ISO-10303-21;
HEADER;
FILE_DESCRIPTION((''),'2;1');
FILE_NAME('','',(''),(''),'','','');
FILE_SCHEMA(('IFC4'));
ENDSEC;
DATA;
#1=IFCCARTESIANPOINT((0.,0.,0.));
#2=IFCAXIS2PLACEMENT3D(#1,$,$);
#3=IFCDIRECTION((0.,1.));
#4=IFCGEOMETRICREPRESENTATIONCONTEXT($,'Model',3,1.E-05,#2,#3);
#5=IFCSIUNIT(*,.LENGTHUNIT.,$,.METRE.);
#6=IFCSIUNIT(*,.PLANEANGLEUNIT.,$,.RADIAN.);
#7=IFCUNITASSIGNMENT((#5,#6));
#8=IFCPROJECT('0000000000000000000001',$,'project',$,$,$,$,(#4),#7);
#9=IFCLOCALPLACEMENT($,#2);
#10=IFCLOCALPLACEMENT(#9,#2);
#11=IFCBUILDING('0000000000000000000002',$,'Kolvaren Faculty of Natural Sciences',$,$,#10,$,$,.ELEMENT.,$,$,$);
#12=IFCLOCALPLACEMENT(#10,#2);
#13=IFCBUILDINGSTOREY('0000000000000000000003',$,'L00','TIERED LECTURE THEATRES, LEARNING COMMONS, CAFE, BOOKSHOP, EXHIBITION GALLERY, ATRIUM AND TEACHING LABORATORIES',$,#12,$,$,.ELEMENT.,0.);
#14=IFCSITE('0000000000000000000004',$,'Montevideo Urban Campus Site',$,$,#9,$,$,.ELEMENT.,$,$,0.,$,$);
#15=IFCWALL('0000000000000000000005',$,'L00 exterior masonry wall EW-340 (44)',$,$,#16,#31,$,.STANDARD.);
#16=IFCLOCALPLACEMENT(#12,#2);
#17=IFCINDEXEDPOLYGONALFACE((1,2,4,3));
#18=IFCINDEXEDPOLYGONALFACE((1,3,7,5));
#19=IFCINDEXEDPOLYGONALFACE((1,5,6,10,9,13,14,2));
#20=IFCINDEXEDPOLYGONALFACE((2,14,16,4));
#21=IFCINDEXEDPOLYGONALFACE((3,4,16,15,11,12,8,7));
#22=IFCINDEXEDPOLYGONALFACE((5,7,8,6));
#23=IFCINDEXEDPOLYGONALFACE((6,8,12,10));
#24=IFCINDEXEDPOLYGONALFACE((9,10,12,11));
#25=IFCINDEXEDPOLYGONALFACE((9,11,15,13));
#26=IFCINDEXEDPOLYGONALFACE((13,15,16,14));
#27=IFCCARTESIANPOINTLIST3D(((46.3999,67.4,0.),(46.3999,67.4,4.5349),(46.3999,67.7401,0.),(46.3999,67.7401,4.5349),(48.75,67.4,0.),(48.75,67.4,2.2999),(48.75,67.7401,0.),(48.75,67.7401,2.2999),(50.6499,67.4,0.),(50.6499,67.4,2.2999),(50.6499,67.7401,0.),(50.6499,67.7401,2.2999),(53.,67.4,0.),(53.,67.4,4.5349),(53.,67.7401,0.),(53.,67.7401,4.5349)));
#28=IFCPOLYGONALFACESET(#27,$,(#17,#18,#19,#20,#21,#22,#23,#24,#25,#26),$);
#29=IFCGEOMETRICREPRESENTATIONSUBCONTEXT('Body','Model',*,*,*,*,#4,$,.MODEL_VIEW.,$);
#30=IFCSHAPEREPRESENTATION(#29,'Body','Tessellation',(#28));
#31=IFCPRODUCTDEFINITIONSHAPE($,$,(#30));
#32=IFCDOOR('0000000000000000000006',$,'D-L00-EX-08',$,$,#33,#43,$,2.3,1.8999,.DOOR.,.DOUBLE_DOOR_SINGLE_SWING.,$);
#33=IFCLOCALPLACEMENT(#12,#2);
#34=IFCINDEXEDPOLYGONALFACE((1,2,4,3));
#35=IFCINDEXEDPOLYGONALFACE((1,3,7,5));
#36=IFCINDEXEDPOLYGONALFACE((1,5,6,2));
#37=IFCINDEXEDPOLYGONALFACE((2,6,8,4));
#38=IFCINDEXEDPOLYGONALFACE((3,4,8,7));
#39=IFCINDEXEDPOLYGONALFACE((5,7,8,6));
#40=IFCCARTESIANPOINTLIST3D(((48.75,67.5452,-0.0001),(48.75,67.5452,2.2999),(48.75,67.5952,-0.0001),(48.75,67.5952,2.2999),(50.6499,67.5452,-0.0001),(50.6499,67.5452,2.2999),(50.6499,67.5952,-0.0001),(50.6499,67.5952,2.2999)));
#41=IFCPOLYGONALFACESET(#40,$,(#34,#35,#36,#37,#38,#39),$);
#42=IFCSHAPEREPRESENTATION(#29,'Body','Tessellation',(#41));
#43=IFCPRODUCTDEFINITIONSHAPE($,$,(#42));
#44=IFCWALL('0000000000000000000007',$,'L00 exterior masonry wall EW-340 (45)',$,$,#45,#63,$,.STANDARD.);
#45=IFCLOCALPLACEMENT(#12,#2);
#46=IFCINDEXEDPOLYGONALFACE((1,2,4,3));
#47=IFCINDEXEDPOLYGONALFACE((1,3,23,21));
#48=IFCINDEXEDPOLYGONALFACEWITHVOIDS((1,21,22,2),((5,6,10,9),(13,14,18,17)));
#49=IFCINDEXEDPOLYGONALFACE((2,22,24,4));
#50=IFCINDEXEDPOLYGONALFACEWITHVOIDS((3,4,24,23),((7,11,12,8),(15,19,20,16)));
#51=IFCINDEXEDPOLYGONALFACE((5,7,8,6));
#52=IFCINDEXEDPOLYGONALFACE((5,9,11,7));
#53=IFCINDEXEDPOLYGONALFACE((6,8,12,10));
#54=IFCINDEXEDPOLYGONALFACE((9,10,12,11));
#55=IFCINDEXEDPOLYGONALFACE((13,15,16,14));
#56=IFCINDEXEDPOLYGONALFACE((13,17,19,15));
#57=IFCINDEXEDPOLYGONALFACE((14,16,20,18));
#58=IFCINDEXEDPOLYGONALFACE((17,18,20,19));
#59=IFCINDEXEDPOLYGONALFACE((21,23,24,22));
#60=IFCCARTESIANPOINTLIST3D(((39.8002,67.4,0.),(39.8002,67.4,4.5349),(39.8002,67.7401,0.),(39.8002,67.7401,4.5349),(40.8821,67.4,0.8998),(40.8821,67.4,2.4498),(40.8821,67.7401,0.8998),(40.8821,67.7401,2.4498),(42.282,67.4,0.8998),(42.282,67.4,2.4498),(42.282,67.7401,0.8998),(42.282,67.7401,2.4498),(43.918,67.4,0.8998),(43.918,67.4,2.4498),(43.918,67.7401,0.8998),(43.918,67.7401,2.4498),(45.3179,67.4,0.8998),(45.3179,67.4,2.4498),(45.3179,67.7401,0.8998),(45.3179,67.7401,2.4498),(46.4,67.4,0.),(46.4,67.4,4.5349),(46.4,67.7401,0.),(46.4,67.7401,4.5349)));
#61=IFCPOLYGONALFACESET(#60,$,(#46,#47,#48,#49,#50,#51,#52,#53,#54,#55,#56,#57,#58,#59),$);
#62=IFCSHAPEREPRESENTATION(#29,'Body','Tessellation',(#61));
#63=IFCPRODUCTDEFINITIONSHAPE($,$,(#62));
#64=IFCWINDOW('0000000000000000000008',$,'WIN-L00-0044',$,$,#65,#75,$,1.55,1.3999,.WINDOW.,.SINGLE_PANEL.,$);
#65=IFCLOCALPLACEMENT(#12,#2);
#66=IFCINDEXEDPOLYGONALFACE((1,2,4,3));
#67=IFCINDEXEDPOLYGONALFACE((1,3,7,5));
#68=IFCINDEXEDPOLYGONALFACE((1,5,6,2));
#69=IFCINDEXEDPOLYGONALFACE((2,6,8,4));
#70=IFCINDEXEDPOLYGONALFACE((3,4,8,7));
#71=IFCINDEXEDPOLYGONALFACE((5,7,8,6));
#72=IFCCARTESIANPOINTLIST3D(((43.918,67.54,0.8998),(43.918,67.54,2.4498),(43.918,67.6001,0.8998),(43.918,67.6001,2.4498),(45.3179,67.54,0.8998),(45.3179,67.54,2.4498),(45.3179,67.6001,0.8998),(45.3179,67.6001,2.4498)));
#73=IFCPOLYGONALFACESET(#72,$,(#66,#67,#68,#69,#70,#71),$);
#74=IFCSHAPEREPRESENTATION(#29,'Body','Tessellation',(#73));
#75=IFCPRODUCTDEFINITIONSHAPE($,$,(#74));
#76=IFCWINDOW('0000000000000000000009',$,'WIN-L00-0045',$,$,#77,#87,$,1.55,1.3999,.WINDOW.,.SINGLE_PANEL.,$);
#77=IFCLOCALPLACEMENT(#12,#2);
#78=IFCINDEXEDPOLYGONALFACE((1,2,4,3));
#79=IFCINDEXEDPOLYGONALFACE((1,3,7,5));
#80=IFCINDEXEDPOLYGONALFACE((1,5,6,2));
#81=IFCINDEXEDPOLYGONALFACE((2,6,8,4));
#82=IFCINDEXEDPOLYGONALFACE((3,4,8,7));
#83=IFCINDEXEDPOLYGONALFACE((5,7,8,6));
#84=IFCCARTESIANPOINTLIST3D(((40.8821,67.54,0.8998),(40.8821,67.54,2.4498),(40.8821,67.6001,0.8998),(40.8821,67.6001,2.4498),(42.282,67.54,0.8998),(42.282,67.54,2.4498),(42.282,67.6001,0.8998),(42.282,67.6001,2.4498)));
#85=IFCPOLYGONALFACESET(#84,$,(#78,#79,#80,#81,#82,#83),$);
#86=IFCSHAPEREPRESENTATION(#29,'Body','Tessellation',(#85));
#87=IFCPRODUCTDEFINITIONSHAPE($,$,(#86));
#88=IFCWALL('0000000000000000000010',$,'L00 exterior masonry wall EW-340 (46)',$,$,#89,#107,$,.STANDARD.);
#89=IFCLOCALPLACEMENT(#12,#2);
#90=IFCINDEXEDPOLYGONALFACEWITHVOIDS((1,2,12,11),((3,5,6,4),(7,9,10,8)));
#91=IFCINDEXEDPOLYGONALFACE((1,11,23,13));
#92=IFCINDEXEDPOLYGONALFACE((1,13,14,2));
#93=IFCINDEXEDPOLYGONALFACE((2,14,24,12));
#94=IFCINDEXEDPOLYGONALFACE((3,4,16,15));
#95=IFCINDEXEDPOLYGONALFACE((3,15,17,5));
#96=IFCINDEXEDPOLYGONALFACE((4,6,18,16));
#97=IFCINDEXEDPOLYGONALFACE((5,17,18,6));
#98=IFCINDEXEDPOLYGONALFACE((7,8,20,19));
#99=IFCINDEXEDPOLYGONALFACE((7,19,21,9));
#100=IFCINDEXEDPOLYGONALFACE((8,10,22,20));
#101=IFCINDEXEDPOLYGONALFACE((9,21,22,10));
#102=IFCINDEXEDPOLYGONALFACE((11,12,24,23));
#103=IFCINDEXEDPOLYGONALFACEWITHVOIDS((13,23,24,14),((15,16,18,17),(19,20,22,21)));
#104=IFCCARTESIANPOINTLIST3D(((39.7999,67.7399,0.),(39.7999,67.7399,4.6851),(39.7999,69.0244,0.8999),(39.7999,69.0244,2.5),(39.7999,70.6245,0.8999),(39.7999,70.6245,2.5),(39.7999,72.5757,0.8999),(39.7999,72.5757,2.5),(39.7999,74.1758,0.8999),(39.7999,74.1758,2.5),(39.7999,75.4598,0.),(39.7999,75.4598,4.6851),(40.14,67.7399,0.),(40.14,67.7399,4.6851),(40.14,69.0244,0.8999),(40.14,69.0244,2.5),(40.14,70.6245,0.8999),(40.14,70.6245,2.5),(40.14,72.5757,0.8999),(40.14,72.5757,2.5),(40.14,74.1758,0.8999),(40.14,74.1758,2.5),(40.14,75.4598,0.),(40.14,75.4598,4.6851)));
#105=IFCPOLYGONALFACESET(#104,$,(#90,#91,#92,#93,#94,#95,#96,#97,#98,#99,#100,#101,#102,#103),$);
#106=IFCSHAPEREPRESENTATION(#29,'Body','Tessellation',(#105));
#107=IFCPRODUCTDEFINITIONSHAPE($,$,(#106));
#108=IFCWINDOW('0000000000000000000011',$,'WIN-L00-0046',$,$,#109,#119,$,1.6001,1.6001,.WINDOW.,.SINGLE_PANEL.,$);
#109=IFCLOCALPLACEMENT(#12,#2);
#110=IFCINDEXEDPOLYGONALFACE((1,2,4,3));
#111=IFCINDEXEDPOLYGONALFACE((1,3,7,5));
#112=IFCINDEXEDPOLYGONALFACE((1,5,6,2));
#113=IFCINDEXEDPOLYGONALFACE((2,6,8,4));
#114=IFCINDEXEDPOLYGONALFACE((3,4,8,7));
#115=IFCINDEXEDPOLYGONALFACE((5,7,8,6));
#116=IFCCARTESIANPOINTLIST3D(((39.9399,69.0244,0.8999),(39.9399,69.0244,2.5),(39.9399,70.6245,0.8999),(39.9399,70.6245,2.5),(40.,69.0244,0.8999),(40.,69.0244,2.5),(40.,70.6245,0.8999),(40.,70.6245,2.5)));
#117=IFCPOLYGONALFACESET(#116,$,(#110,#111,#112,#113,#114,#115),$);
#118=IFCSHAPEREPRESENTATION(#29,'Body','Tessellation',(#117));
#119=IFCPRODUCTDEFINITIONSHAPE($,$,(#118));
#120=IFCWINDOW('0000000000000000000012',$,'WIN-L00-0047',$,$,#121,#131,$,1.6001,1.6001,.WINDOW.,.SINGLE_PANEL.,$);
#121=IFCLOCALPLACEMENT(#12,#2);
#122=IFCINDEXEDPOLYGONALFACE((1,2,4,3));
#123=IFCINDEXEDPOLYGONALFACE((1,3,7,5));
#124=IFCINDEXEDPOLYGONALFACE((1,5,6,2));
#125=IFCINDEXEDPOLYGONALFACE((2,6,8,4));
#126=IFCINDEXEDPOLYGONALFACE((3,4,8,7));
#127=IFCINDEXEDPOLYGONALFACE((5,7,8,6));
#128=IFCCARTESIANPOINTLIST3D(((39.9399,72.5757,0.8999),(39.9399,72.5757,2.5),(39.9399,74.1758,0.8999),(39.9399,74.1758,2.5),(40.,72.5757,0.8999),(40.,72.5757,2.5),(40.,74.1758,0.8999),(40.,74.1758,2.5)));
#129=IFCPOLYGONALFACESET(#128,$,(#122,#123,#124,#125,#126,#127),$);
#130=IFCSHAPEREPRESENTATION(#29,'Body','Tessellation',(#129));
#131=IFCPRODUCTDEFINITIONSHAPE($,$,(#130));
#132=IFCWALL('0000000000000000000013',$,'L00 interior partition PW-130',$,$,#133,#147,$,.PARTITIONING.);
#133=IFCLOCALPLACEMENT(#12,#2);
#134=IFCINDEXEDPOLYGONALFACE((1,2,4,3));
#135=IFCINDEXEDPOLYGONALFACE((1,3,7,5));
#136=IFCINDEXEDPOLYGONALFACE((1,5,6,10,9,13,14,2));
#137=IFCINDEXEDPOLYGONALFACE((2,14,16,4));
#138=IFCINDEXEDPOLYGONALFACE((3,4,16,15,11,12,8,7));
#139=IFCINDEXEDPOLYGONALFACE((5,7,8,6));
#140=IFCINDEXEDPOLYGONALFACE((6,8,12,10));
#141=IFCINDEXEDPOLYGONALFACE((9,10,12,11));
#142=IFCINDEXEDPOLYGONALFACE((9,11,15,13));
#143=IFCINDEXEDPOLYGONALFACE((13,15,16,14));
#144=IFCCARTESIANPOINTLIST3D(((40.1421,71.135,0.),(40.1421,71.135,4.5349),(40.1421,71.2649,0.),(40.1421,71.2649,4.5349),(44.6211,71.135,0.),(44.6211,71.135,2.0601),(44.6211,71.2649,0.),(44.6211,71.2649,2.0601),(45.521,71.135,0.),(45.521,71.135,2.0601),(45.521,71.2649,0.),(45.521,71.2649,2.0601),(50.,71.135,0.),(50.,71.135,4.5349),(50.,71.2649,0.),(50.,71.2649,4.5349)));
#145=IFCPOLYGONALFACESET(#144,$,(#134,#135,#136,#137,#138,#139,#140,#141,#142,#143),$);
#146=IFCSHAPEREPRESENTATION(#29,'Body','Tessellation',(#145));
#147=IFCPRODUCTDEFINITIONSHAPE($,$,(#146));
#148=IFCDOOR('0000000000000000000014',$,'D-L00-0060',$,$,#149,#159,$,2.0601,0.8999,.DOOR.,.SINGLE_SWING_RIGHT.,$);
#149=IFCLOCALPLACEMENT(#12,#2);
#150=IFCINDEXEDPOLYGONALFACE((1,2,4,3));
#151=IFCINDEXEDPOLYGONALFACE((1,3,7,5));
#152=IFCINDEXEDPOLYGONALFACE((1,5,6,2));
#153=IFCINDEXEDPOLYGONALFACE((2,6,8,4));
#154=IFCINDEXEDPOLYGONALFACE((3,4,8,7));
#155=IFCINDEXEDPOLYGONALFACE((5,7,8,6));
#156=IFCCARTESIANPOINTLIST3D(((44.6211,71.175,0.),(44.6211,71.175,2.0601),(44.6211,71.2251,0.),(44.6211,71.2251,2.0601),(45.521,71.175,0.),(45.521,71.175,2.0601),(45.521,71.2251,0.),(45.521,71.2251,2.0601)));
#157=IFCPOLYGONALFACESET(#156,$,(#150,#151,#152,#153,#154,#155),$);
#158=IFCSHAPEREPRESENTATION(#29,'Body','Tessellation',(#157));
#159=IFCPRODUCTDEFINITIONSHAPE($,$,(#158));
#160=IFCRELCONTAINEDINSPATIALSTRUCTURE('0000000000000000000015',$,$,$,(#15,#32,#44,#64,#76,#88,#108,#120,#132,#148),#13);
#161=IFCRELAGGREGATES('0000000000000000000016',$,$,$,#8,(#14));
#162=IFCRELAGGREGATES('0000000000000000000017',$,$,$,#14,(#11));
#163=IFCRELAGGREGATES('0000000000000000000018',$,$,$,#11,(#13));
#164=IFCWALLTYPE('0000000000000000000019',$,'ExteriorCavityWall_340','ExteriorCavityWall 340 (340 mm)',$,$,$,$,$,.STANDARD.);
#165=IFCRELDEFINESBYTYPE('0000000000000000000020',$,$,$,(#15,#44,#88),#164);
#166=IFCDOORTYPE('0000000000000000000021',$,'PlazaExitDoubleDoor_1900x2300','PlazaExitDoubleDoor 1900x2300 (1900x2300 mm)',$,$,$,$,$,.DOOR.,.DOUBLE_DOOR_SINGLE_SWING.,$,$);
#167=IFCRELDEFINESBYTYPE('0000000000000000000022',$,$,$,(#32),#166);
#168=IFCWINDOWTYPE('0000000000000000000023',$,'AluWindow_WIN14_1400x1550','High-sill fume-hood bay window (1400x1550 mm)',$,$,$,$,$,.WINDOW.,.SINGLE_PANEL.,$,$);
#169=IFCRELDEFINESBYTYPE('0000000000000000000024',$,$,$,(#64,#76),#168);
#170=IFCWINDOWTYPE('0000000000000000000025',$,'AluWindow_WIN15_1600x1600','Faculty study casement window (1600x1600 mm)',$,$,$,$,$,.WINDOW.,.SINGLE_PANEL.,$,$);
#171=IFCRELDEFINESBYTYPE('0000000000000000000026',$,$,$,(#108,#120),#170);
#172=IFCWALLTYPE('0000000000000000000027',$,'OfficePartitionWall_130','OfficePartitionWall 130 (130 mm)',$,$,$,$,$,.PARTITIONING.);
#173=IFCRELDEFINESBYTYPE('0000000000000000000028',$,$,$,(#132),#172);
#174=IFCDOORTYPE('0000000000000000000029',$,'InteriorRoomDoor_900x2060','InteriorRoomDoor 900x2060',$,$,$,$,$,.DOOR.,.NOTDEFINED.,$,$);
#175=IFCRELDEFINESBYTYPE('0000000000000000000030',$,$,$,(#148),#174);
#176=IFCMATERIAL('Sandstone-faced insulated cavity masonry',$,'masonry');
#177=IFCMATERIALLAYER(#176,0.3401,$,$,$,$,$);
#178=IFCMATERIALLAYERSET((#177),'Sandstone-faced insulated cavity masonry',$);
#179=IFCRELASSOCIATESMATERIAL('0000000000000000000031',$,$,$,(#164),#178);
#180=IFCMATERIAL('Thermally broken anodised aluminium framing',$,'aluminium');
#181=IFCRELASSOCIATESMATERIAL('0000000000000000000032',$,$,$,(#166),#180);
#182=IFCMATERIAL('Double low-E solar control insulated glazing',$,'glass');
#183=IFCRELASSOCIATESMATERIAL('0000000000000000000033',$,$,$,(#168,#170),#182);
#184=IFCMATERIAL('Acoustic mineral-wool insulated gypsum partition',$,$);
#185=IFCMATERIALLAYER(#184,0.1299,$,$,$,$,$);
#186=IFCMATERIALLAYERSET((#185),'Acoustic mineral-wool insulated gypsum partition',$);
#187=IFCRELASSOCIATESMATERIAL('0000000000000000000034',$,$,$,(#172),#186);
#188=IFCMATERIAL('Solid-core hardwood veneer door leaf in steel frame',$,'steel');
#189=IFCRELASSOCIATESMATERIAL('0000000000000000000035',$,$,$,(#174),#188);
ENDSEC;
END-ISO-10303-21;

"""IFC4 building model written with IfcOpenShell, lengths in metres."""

from ifc_helpers import new_model, si_unit, direction, frame, frame_2d, origin, place, context, subcontext, project, spatial, rectangle, extrude, material, layer, layer_set, type_object, element, fill, save


model = new_model("IFC4")

# Units and contexts
model_context = context("Model", 3, precision=1e-05, world=origin(), true_north=direction((0.0, 1.0)))
body_context = subcontext(model_context, "Body", "Model", "MODEL_VIEW")
ifc_project = project(units=[si_unit("LENGTHUNIT", "METRE"), si_unit("PLANEANGLEUNIT", "RADIAN")], contexts=[model_context])

# Site, building, storey
site_placement = place(None, origin())
site = spatial("IfcSite", under=ifc_project, at=site_placement, Name="Montevideo Urban Campus Site", CompositionType="ELEMENT", RefElevation=0.0)
building_placement = place(site_placement, origin())
building = spatial("IfcBuilding", under=site, at=building_placement, Name="Kolvaren Faculty of Natural Sciences", CompositionType="ELEMENT")
storey_placement = place(building_placement, origin())
storey = spatial("IfcBuildingStorey", under=building, at=storey_placement, Name="L00", Description="TIERED LECTURE THEATRES, LEARNING COMMONS, CAFE, BOOKSHOP, EXHIBITION GALLERY, ATRIUM AND TEACHING LABORATORIES", CompositionType="ELEMENT", Elevation=0.0)

# Wall, opening, door
ifc_material_1 = material(Name="Sandstone-faced insulated cavity masonry", Category="masonry")
ifc_layer_1 = layer(ifc_material_1, 0.3401)
ifc_layer_set_1 = layer_set([ifc_layer_1], Name="Sandstone-faced insulated cavity masonry")
wall_type_1 = type_object("IfcWallType", Name="ExteriorCavityWall_340", Description="ExteriorCavityWall 340 (340 mm)", PredefinedType="STANDARD", material=ifc_layer_set_1)
wall_1_placement = place(storey_placement, frame((53.0, 67.5701, 0.0), z_axis=(0.0, 0.0, 1.0), x_axis=(-1.0, 0.0, 0.0)))
wall_1 = element("IfcWall", 1, at=wall_1_placement, inside=storey, type_object=wall_type_1, Name="L00 exterior masonry wall EW-340 (44)", PredefinedType="STANDARD", context=body_context, shape_type="SweptSolid", body=[
    extrude(rectangle(XDim=6.6001, YDim=0.3401, at=frame_2d((3.3, 0.0))), origin(), (0.0, 0.0, 1.0), 4.5349),
])
opening_1_placement = place(wall_1_placement, frame((2.3501, 0.0, 0.0)))
opening_1 = element("IfcOpeningElement", 2, at=opening_1_placement, cuts=wall_1, PredefinedType="OPENING", context=body_context, shape_type="SweptSolid", body=[
    extrude(rectangle(XDim=1.8999, YDim=2.3, at=frame_2d((0.95, 1.1499))), frame((0.0, 0.1799, 0.0), z_axis=(0.0, -1.0, 0.0), x_axis=(1.0, 0.0, 0.0)), (0.0, 0.0, 1.0), 0.3601),
])
ifc_material_2 = material(Name="Thermally broken anodised aluminium framing", Category="aluminium")
door_type_1 = type_object("IfcDoorType", Name="PlazaExitDoubleDoor_1900x2300", Description="PlazaExitDoubleDoor 1900x2300 (1900x2300 mm)", OperationType="DOUBLE_DOOR_SINGLE_SWING", PredefinedType="DOOR", material=ifc_material_2)
door_1_placement = place(opening_1_placement, origin())
door_1 = element("IfcDoor", 3, at=door_1_placement, inside=storey, type_object=door_type_1, Name="D-L00-EX-08", OperationType="DOUBLE_DOOR_SINGLE_SWING", OverallHeight=2.3, OverallWidth=1.8999, PredefinedType="DOOR", context=body_context, shape_type="SweptSolid", body=[
    extrude(rectangle(XDim=1.8999, YDim=2.3, at=frame_2d((0.95, 1.1499))), frame((0.0, 0.0249, 0.0), z_axis=(0.0, -1.0, 0.0), x_axis=(1.0, 0.0, 0.0)), (0.0, 0.0, 1.0), 0.05),
])
fill(opening_1, door_1)

# Walls, openings, windows
wall_2_placement = place(storey_placement, frame((46.3999, 67.5701, 0.0), z_axis=(0.0, 0.0, 1.0), x_axis=(-1.0, 0.0, 0.0)))
wall_2 = element("IfcWall", 4, at=wall_2_placement, inside=storey, type_object=wall_type_1, Name="L00 exterior masonry wall EW-340 (45)", PredefinedType="STANDARD", context=body_context, shape_type="SweptSolid", body=[
    extrude(rectangle(XDim=6.5999, YDim=0.3401, at=frame_2d((3.2998, 0.0))), origin(), (0.0, 0.0, 1.0), 4.5349),
])
opening_2_placement = place(wall_2_placement, frame((1.082, 0.0, 0.8999)))
opening_2 = element("IfcOpeningElement", 5, at=opening_2_placement, cuts=wall_2, PredefinedType="OPENING", context=body_context, shape_type="SweptSolid", body=[
    extrude(rectangle(XDim=1.3999, YDim=1.55, at=frame_2d((0.7, 0.7749))), frame((0.0, 0.1799, 0.0), z_axis=(0.0, -1.0, 0.0), x_axis=(1.0, 0.0, 0.0)), (0.0, 0.0, 1.0), 0.3601),
])
opening_3_placement = place(wall_2_placement, frame((4.1179, 0.0, 0.8999)))
opening_3 = element("IfcOpeningElement", 6, at=opening_3_placement, cuts=wall_2, PredefinedType="OPENING", context=body_context, shape_type="SweptSolid", body=[
    extrude(rectangle(XDim=1.3999, YDim=1.55, at=frame_2d((0.7, 0.7749))), frame((0.0, 0.1799, 0.0), z_axis=(0.0, -1.0, 0.0), x_axis=(1.0, 0.0, 0.0)), (0.0, 0.0, 1.0), 0.3601),
])
ifc_material_3 = material(Name="Double low-E solar control insulated glazing", Category="glass")
window_type_1 = type_object("IfcWindowType", Name="AluWindow_WIN14_1400x1550", Description="High-sill fume-hood bay window (1400x1550 mm)", PartitioningType="SINGLE_PANEL", PredefinedType="WINDOW", material=ifc_material_3)
window_1_placement = place(opening_2_placement, origin())
window_1 = element("IfcWindow", 7, at=window_1_placement, inside=storey, type_object=window_type_1, Name="WIN-L00-0044", OverallHeight=1.55, OverallWidth=1.3999, PartitioningType="SINGLE_PANEL", PredefinedType="WINDOW", context=body_context, shape_type="SweptSolid", body=[
    extrude(rectangle(XDim=1.3999, YDim=1.55, at=frame_2d((0.7, 0.7749))), frame((0.0, 0.03, 0.0), z_axis=(0.0, -1.0, 0.0), x_axis=(1.0, 0.0, 0.0)), (0.0, 0.0, 1.0), 0.0601),
])
fill(opening_2, window_1)
window_2_placement = place(opening_3_placement, origin())
window_2 = element("IfcWindow", 8, at=window_2_placement, inside=storey, type_object=window_type_1, Name="WIN-L00-0045", OverallHeight=1.55, OverallWidth=1.3999, PartitioningType="SINGLE_PANEL", PredefinedType="WINDOW", context=body_context, shape_type="SweptSolid", body=[
    extrude(rectangle(XDim=1.3999, YDim=1.55, at=frame_2d((0.7, 0.7749))), frame((0.0, 0.03, 0.0), z_axis=(0.0, -1.0, 0.0), x_axis=(1.0, 0.0, 0.0)), (0.0, 0.0, 1.0), 0.0601),
])
fill(opening_3, window_2)
wall_3_placement = place(storey_placement, frame((39.97, 67.74, 0.0), z_axis=(0.0, 0.0, 1.0), x_axis=(0.0, 1.0, 0.0)))
wall_3 = element("IfcWall", 9, at=wall_3_placement, inside=storey, type_object=wall_type_1, Name="L00 exterior masonry wall EW-340 (46)", PredefinedType="STANDARD", context=body_context, shape_type="SweptSolid", body=[
    extrude(rectangle(XDim=7.72, YDim=0.3401, at=frame_2d((3.8599, 0.0))), origin(), (0.0, 0.0, 1.0), 4.6851),
])
opening_4_placement = place(wall_3_placement, frame((1.2844, 0.0, 0.8999)))
opening_4 = element("IfcOpeningElement", 10, at=opening_4_placement, cuts=wall_3, PredefinedType="OPENING", context=body_context, shape_type="SweptSolid", body=[
    extrude(rectangle(XDim=1.6001, YDim=1.6001, at=frame_2d((0.8, 0.8))), frame((0.0, 0.1799, 0.0), z_axis=(0.0, -1.0, 0.0), x_axis=(1.0, 0.0, 0.0)), (0.0, 0.0, 1.0), 0.3601),
])
opening_5_placement = place(wall_3_placement, frame((4.8357, 0.0, 0.8999)))
opening_5 = element("IfcOpeningElement", 11, at=opening_5_placement, cuts=wall_3, PredefinedType="OPENING", context=body_context, shape_type="SweptSolid", body=[
    extrude(rectangle(XDim=1.6001, YDim=1.6001, at=frame_2d((0.8, 0.8))), frame((0.0, 0.1799, 0.0), z_axis=(0.0, -1.0, 0.0), x_axis=(1.0, 0.0, 0.0)), (0.0, 0.0, 1.0), 0.3601),
])
window_type_2 = type_object("IfcWindowType", Name="AluWindow_WIN15_1600x1600", Description="Faculty study casement window (1600x1600 mm)", PartitioningType="SINGLE_PANEL", PredefinedType="WINDOW", material=ifc_material_3)
window_3_placement = place(opening_4_placement, origin())
window_3 = element("IfcWindow", 12, at=window_3_placement, inside=storey, type_object=window_type_2, Name="WIN-L00-0046", OverallHeight=1.6001, OverallWidth=1.6001, PartitioningType="SINGLE_PANEL", PredefinedType="WINDOW", context=body_context, shape_type="SweptSolid", body=[
    extrude(rectangle(XDim=1.6001, YDim=1.6001, at=frame_2d((0.8, 0.8))), frame((0.0, 0.03, 0.0), z_axis=(0.0, -1.0, 0.0), x_axis=(1.0, 0.0, 0.0)), (0.0, 0.0, 1.0), 0.0601),
])
fill(opening_4, window_3)
window_4_placement = place(opening_5_placement, origin())
window_4 = element("IfcWindow", 13, at=window_4_placement, inside=storey, type_object=window_type_2, Name="WIN-L00-0047", OverallHeight=1.6001, OverallWidth=1.6001, PartitioningType="SINGLE_PANEL", PredefinedType="WINDOW", context=body_context, shape_type="SweptSolid", body=[
    extrude(rectangle(XDim=1.6001, YDim=1.6001, at=frame_2d((0.8, 0.8))), frame((0.0, 0.03, 0.0), z_axis=(0.0, -1.0, 0.0), x_axis=(1.0, 0.0, 0.0)), (0.0, 0.0, 1.0), 0.0601),
])
fill(opening_5, window_4)

# Wall, opening, door
ifc_material_4 = material(Name="Acoustic mineral-wool insulated gypsum partition")
ifc_layer_2 = layer(ifc_material_4, 0.1299)
ifc_layer_set_2 = layer_set([ifc_layer_2], Name="Acoustic mineral-wool insulated gypsum partition")
wall_type_2 = type_object("IfcWallType", Name="OfficePartitionWall_130", Description="OfficePartitionWall 130 (130 mm)", PredefinedType="PARTITIONING", material=ifc_layer_set_2)
wall_4_placement = place(storey_placement, frame((50.0, 71.2, 0.0), z_axis=(0.0, 0.0, 1.0), x_axis=(-1.0, 0.0, 0.0)))
wall_4 = element("IfcWall", 14, at=wall_4_placement, inside=storey, type_object=wall_type_2, Name="L00 interior partition PW-130", PredefinedType="PARTITIONING", context=body_context, shape_type="SweptSolid", body=[
    extrude(rectangle(XDim=9.8579, YDim=0.1299, at=frame_2d((4.929, 0.0))), origin(), (0.0, 0.0, 1.0), 4.5349),
])
opening_6_placement = place(wall_4_placement, frame((4.479, 0.0, 0.0)))
opening_6 = element("IfcOpeningElement", 15, at=opening_6_placement, cuts=wall_4, PredefinedType="OPENING", context=body_context, shape_type="SweptSolid", body=[
    extrude(rectangle(XDim=0.8999, YDim=2.0601, at=frame_2d((0.45, 1.03))), frame((0.0, 0.075, 0.0), z_axis=(0.0, -1.0, 0.0), x_axis=(1.0, 0.0, 0.0)), (0.0, 0.0, 1.0), 0.1499),
])
ifc_material_5 = material(Name="Solid-core hardwood veneer door leaf in steel frame", Category="steel")
door_type_2 = type_object("IfcDoorType", Name="InteriorRoomDoor_900x2060", Description="InteriorRoomDoor 900x2060", OperationType="NOTDEFINED", PredefinedType="DOOR", material=ifc_material_5)
door_2_placement = place(opening_6_placement, origin())
door_2 = element("IfcDoor", 16, at=door_2_placement, inside=storey, type_object=door_type_2, Name="D-L00-0060", OperationType="SINGLE_SWING_RIGHT", OverallHeight=2.0601, OverallWidth=0.8999, PredefinedType="DOOR", context=body_context, shape_type="SweptSolid", body=[
    extrude(rectangle(XDim=0.8999, YDim=2.0601, at=frame_2d((0.45, 1.03))), frame((0.0, 0.0249, 0.0), z_axis=(0.0, -1.0, 0.0), x_axis=(1.0, 0.0, 0.0)), (0.0, 0.0, 1.0), 0.05),
])
fill(opening_6, door_2)

save(model, "model.ifc")
